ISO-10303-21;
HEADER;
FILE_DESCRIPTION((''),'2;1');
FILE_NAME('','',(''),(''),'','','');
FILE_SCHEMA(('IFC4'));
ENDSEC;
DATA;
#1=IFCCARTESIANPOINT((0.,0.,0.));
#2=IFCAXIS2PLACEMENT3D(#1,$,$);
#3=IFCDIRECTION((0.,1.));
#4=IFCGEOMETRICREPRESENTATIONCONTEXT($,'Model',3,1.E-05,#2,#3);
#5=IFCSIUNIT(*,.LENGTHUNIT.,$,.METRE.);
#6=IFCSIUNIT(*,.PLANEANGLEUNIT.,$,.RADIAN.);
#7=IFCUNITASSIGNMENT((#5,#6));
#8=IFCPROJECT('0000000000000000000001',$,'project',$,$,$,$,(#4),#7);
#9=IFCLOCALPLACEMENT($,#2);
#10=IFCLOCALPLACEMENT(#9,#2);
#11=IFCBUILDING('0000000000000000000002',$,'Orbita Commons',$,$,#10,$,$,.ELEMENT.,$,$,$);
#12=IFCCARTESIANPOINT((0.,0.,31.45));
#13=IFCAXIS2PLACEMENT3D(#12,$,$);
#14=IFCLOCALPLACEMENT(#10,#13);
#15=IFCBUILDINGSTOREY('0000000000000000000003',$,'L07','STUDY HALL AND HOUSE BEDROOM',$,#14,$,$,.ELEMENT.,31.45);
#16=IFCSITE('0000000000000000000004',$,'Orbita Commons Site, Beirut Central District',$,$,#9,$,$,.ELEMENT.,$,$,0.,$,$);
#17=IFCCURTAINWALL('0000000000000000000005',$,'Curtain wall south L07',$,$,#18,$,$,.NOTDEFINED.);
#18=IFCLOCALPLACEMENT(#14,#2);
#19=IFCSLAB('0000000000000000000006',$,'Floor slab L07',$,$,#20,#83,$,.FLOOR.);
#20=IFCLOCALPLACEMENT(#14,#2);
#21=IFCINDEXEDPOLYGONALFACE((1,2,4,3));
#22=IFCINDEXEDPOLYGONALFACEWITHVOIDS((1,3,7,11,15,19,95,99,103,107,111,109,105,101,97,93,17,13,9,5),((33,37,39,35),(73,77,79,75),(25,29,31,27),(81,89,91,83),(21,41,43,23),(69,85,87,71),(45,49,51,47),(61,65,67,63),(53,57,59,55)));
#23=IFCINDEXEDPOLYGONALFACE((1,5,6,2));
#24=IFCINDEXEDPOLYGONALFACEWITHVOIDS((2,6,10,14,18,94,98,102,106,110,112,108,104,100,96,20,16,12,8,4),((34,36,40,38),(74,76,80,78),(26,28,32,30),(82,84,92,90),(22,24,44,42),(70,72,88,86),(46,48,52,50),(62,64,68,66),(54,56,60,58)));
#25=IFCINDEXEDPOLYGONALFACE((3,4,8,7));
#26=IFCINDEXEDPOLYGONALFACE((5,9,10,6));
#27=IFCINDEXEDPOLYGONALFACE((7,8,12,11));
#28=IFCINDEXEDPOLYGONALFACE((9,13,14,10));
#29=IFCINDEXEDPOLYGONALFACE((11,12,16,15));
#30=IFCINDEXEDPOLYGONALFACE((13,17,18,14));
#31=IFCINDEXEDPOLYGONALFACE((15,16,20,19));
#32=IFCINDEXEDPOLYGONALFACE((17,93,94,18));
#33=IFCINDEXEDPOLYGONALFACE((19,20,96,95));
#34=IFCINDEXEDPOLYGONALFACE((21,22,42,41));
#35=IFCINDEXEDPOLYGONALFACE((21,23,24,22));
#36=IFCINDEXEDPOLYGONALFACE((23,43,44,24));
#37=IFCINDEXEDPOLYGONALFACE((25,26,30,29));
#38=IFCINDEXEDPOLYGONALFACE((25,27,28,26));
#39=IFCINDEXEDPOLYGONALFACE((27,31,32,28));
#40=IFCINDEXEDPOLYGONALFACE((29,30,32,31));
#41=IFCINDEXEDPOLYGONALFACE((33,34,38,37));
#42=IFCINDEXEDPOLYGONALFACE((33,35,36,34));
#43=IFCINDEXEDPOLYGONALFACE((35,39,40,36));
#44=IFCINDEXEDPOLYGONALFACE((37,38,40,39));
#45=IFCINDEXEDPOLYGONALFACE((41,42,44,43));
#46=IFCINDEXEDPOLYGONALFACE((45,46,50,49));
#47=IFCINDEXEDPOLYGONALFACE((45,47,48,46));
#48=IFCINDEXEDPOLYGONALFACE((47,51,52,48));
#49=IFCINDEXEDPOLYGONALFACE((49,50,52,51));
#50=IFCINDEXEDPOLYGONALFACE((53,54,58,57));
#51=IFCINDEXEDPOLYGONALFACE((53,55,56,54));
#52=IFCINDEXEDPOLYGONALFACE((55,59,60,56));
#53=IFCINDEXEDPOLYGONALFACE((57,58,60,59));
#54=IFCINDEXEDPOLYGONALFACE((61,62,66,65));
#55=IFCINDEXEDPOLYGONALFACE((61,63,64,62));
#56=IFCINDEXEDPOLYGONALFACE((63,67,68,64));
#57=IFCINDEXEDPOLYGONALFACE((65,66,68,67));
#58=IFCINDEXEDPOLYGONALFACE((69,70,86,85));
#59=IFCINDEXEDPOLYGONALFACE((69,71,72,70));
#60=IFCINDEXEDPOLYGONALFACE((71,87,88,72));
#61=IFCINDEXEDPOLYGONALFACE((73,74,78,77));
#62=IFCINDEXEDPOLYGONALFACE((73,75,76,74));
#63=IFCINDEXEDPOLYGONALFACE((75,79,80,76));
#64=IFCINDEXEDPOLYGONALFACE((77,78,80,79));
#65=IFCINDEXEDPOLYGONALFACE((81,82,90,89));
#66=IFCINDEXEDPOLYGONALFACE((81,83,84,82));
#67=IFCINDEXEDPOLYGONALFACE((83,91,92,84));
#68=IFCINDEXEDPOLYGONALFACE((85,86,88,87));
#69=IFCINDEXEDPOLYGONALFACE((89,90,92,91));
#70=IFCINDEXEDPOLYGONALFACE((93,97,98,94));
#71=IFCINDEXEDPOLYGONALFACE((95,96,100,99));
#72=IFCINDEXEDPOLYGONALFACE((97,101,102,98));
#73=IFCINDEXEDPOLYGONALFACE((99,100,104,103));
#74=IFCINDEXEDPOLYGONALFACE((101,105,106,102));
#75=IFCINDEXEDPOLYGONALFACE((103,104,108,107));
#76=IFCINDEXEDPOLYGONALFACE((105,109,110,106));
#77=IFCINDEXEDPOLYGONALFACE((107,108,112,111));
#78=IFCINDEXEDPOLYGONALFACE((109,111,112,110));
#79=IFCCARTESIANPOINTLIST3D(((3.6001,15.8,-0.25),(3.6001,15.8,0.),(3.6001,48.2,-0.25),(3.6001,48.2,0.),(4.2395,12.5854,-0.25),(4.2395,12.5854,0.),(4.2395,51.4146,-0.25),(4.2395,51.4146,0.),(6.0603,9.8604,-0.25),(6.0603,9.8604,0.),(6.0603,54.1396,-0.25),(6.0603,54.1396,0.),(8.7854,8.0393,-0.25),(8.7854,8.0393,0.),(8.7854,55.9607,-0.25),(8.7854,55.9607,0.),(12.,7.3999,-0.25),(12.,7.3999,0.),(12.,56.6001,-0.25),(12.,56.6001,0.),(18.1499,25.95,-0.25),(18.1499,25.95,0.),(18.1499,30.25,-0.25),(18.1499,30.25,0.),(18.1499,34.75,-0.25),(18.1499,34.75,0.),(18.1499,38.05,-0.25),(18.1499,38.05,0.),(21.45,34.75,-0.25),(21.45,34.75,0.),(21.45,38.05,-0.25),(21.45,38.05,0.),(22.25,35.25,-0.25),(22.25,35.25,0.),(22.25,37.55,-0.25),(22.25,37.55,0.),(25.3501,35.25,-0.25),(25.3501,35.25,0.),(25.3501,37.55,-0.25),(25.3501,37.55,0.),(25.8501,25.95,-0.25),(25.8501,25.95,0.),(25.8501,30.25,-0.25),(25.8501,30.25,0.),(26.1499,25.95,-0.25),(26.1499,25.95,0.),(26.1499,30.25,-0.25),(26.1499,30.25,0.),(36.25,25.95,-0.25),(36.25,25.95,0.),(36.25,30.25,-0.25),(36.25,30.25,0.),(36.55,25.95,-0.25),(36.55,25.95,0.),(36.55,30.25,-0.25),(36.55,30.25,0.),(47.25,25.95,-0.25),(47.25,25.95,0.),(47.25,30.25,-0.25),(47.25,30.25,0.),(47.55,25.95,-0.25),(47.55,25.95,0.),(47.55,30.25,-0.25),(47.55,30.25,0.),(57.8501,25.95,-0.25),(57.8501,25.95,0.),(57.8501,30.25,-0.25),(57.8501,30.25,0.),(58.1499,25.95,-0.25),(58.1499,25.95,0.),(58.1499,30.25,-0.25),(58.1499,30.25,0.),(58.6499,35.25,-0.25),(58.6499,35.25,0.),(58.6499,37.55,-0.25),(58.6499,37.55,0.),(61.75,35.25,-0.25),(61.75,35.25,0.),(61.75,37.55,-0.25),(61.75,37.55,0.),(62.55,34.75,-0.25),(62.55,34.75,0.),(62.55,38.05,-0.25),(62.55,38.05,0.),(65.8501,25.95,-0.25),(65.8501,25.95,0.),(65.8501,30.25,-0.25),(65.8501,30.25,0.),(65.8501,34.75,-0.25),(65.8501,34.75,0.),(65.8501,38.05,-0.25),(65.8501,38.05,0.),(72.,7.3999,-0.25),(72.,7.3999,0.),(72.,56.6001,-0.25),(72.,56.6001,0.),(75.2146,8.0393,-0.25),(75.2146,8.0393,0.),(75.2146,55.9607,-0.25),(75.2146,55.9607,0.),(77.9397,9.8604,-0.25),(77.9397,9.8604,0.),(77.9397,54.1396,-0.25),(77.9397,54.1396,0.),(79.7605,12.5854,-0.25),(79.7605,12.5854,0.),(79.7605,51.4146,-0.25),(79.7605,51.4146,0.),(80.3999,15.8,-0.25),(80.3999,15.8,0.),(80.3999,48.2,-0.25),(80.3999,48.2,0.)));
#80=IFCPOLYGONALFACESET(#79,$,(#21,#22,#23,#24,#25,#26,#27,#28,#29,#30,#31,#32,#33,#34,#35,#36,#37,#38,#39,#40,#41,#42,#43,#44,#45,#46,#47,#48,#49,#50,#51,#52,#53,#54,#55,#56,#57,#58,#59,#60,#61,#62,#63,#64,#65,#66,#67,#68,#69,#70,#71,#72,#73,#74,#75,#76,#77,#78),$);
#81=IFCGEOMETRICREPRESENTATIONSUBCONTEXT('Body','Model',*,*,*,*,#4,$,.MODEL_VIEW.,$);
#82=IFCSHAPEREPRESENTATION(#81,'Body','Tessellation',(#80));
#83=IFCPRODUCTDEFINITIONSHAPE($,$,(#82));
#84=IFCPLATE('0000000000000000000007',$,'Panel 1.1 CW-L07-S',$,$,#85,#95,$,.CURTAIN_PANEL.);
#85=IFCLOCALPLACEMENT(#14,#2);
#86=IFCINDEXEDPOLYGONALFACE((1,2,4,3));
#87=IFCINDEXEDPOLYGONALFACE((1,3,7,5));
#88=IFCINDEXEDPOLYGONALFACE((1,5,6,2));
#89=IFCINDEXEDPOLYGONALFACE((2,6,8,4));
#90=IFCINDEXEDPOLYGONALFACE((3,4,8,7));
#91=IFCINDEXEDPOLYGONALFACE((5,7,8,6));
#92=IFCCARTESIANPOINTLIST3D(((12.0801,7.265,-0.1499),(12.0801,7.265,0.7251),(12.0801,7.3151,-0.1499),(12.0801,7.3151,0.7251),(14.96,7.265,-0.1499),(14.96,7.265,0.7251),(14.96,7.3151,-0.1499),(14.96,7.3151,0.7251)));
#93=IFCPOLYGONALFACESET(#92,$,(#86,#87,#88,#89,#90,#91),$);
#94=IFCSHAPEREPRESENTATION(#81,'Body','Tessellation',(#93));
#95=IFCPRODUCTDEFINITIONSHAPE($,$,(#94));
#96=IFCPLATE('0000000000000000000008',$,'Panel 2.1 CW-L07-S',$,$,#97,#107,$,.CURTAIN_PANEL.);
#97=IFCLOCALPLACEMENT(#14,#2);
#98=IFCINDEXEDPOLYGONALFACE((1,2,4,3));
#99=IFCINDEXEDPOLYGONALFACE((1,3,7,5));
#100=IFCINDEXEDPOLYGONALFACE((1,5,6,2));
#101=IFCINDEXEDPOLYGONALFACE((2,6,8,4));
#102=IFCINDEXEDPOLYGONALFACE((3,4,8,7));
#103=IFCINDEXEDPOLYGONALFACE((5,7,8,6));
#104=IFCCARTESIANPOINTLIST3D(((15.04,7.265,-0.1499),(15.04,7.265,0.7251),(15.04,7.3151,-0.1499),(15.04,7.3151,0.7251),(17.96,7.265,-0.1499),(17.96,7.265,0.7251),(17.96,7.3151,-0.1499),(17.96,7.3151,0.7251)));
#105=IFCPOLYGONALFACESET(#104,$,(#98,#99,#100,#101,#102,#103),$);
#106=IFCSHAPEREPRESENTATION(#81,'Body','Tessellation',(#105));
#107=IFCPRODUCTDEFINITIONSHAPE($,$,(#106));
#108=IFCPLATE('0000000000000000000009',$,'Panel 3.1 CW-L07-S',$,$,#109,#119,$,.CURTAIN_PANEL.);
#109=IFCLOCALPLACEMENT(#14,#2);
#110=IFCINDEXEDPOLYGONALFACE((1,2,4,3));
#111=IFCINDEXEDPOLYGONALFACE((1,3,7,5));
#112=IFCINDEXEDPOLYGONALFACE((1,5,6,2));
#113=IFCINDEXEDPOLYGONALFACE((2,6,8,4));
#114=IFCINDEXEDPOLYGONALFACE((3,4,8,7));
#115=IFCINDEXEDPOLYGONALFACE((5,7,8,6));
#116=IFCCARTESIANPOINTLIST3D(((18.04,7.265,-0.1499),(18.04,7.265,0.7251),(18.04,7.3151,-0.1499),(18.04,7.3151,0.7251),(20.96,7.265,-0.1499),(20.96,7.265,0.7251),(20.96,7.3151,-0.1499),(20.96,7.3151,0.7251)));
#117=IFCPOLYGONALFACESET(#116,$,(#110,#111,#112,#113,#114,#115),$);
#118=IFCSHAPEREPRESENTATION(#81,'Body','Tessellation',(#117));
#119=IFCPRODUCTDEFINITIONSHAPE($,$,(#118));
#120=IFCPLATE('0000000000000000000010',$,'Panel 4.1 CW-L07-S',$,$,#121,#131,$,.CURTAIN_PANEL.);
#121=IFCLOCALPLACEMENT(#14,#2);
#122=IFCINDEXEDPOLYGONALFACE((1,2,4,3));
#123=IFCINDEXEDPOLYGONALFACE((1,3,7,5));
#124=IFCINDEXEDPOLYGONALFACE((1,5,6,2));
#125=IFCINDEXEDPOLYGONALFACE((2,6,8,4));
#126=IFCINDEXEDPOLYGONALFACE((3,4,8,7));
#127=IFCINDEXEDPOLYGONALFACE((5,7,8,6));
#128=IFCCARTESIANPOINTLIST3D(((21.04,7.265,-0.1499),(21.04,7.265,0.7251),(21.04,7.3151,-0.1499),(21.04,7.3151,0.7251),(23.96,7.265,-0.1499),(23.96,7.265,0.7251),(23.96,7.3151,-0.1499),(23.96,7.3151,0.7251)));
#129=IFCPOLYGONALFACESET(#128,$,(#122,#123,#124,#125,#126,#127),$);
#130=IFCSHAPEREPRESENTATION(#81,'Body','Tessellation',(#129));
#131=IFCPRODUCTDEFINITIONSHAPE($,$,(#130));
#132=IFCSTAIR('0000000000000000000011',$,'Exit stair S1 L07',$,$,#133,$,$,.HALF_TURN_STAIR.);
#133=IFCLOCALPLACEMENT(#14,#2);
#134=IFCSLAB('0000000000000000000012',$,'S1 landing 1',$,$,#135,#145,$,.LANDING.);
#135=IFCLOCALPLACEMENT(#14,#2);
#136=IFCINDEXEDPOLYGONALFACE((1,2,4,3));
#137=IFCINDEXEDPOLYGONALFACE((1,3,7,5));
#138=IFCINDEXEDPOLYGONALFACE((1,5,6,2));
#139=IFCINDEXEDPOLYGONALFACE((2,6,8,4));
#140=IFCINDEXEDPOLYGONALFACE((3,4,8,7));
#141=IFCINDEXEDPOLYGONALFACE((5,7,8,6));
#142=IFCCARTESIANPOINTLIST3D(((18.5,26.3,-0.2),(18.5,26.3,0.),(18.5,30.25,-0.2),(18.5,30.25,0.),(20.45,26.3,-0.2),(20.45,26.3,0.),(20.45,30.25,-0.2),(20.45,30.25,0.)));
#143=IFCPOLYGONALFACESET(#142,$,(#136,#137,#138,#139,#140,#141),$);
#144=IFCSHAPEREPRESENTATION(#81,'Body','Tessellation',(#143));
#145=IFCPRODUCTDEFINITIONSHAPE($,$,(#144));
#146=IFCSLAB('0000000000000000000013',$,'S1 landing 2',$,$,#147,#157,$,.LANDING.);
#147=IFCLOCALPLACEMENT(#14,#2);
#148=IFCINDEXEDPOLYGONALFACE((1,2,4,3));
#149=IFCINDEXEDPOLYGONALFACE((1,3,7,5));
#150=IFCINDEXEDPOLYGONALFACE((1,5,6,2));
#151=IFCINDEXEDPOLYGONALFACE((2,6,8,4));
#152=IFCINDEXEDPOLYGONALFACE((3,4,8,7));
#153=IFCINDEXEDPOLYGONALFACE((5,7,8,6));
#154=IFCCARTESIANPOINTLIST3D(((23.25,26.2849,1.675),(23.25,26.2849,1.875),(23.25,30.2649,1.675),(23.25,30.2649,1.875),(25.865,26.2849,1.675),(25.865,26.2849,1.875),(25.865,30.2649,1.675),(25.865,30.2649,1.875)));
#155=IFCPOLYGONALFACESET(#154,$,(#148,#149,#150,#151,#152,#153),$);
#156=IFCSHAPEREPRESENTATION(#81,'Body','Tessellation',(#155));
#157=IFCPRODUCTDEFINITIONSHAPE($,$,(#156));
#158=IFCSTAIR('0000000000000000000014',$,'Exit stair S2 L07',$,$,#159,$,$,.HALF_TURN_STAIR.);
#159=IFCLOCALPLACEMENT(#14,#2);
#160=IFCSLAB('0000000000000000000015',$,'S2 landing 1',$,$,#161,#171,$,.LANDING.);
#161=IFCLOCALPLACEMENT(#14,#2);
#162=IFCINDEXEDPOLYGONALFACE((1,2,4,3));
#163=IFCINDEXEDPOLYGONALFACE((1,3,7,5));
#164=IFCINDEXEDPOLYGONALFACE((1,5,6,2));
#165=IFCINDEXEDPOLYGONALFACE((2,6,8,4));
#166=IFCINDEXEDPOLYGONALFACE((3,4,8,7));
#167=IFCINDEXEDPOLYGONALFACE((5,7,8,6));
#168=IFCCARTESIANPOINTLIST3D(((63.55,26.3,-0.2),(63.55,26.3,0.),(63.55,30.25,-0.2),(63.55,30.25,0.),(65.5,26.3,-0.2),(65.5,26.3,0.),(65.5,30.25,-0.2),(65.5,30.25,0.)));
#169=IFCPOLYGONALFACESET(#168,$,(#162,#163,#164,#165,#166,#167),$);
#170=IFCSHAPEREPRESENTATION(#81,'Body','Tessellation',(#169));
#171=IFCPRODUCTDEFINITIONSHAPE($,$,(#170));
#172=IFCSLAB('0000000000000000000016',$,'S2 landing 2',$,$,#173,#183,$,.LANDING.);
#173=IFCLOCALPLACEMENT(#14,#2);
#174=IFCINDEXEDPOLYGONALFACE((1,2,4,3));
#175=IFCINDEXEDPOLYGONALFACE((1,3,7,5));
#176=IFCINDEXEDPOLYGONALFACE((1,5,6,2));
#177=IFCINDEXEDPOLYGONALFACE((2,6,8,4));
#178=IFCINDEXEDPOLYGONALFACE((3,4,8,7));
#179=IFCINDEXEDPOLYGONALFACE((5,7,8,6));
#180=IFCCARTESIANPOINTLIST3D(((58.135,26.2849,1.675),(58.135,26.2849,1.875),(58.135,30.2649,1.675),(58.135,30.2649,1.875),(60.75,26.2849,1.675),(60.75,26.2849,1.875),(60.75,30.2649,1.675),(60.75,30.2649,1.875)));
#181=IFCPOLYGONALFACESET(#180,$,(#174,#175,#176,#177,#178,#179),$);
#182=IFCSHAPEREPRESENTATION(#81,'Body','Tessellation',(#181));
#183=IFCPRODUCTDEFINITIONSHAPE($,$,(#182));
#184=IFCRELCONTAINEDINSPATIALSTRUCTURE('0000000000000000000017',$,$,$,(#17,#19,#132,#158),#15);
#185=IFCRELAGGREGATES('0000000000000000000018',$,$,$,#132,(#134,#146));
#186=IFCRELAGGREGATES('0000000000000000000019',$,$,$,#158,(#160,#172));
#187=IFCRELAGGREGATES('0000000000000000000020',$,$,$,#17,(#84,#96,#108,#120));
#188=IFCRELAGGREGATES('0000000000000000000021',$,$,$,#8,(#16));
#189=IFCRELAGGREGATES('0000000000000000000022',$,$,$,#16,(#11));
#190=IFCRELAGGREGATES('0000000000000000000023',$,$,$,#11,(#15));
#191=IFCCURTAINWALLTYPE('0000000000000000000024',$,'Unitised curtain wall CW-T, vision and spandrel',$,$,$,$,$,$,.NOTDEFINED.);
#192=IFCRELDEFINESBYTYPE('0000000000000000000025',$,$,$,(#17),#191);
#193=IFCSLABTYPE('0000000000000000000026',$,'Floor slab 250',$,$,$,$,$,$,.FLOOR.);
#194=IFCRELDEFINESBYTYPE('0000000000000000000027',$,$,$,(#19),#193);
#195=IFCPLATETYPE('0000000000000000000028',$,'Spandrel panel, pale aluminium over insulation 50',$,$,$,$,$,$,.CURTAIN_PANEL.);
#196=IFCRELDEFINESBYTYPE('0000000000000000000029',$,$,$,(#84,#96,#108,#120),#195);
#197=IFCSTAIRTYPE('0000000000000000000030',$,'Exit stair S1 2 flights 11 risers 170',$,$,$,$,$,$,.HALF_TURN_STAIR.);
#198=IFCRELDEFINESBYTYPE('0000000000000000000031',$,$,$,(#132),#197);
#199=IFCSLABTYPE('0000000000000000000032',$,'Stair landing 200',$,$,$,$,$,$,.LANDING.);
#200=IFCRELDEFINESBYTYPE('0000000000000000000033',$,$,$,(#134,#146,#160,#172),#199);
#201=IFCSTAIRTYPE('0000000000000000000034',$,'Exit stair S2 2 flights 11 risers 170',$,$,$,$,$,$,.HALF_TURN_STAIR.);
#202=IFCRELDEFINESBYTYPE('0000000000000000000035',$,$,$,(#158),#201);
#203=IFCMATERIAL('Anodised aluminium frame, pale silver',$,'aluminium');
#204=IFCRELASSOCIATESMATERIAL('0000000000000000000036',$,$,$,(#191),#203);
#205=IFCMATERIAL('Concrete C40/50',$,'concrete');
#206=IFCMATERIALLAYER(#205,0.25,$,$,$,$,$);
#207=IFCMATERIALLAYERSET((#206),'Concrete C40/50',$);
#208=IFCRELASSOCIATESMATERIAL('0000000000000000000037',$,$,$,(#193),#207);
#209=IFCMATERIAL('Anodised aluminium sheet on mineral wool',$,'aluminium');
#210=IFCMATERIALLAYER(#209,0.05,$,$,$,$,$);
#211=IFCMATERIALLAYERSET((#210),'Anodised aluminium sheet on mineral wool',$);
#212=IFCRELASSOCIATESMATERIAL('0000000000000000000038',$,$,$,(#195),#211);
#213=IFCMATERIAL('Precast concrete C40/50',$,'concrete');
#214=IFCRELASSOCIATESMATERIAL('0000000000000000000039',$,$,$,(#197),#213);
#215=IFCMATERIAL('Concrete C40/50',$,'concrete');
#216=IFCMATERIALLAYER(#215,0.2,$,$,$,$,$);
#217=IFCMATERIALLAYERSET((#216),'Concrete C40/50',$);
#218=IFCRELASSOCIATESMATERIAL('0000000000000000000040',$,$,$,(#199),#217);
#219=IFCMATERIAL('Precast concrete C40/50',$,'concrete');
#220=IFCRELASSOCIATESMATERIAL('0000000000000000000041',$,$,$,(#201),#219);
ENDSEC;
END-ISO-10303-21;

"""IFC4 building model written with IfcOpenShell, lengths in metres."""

from ifc_helpers import new_model, si_unit, direction, frame, origin, origin_2d, place, context, subcontext, project, spatial, polyline, rectangle, outline, extrude, material, layer, layer_set, type_object, element, aggregate, save


model = new_model("IFC4")

# Units and contexts
model_context = context("Model", 3, precision=1e-05, world=origin(), true_north=direction((0.0, 1.0)))
body_context = subcontext(model_context, "Body", "Model", "MODEL_VIEW")
ifc_project = project(units=[si_unit("LENGTHUNIT", "METRE"), si_unit("PLANEANGLEUNIT", "RADIAN")], contexts=[model_context])

# Site, building, storey
site_placement = place(None, origin())
site = spatial("IfcSite", under=ifc_project, at=site_placement, Name="Orbita Commons Site, Beirut Central District", CompositionType="ELEMENT", RefElevation=0.0)
building_placement = place(site_placement, origin())
building = spatial("IfcBuilding", under=site, at=building_placement, Name="Orbita Commons", CompositionType="ELEMENT")
storey_placement = place(building_placement, frame((0.0, 0.0, 31.45)))
storey = spatial("IfcBuildingStorey", under=building, at=storey_placement, Name="L07", Description="STUDY HALL AND HOUSE BEDROOM", CompositionType="ELEMENT", Elevation=31.45)

# Curtain wall
ifc_material_1 = material(Name="Anodised aluminium frame, pale silver", Category="aluminium")
curtain_wall_type = type_object("IfcCurtainWallType", Name="Unitised curtain wall CW-T, vision and spandrel", PredefinedType="NOTDEFINED", material=ifc_material_1)
curtain_wall_placement = place(storey_placement, origin())
curtain_wall = element("IfcCurtainWall", 1, at=curtain_wall_placement, inside=storey, type_object=curtain_wall_type, Name="Curtain wall south L07", PredefinedType="NOTDEFINED")

# Slab
ifc_material_2 = material(Name="Concrete C40/50", Category="concrete")
ifc_layer_1 = layer(ifc_material_2, 0.25)
ifc_layer_set_1 = layer_set([ifc_layer_1], Name="Concrete C40/50")
slab_type_1 = type_object("IfcSlabType", Name="Floor slab 250", PredefinedType="FLOOR", material=ifc_layer_set_1)
slab_1_placement = place(storey_placement, frame((0.0, 0.0, -0.25)))
element("IfcSlab", 2, at=slab_1_placement, inside=storey, type_object=slab_type_1, Name="Floor slab L07", PredefinedType="FLOOR", context=body_context, shape_type="SweptSolid", body=[
    extrude(outline(polyline([(72.0, 7.3999), (75.2146, 8.0393), (77.9397, 9.8604), (79.7605, 12.5854), (80.3999, 15.8), (80.3999, 48.2), (79.7605, 51.4146), (77.9397, 54.1396), (75.2146, 55.9607), (72.0, 56.6001), (12.0, 56.6001), (8.7854, 55.9607), (6.0603, 54.1396), (4.2395, 51.4146), (3.6001, 48.2), (3.6001, 15.8), (4.2395, 12.5854), (6.0603, 9.8604), (8.7854, 8.0393), (12.0, 7.3999), (72.0, 7.3999)]), holes=[polyline([(18.1499, 25.95), (25.8501, 25.95), (25.8501, 30.25), (18.1499, 30.25), (18.1499, 25.95)]), polyline([(58.1499, 25.95), (65.8501, 25.95), (65.8501, 30.25), (58.1499, 30.25), (58.1499, 25.95)]), polyline([(18.1499, 34.75), (21.45, 34.75), (21.45, 38.05), (18.1499, 38.05), (18.1499, 34.75)]), polyline([(62.55, 34.75), (65.8501, 34.75), (65.8501, 38.05), (62.55, 38.05), (62.55, 34.75)]), polyline([(22.25, 35.25), (25.3501, 35.25), (25.3501, 37.55), (22.25, 37.55), (22.25, 35.25)]), polyline([(58.6499, 35.25), (61.75, 35.25), (61.75, 37.55), (58.6499, 37.55), (58.6499, 35.25)]), polyline([(26.1499, 25.95), (36.25, 25.95), (36.25, 30.25), (26.1499, 30.25), (26.1499, 25.95)]), polyline([(36.55, 25.95), (47.25, 25.95), (47.25, 30.25), (36.55, 30.25), (36.55, 25.95)]), polyline([(47.55, 25.95), (57.8501, 25.95), (57.8501, 30.25), (47.55, 30.25), (47.55, 25.95)])]), origin(), (0.0, 0.0, 1.0), 0.25),
])

# Plates
ifc_material_3 = material(Name="Anodised aluminium sheet on mineral wool", Category="aluminium")
ifc_layer_2 = layer(ifc_material_3, 0.05)
ifc_layer_set_2 = layer_set([ifc_layer_2], Name="Anodised aluminium sheet on mineral wool")
plate_type_1 = type_object("IfcPlateType", Name="Spandrel panel, pale aluminium over insulation 50", PredefinedType="CURTAIN_PANEL", material=ifc_layer_set_2)
plate_1_placement = place(storey_placement, frame((13.52, 7.29, -0.1499), z_axis=(0.0, 0.0, 1.0), x_axis=(1.0, 0.0, 0.0)))
plate_1 = element("IfcPlate", 3, at=plate_1_placement, type_object=plate_type_1, Name="Panel 1.1 CW-L07-S", PredefinedType="CURTAIN_PANEL", context=body_context, shape_type="SweptSolid", body=[
    extrude(rectangle(XDim=2.8799, YDim=0.05, at=origin_2d()), origin(), (0.0, 0.0, 1.0), 0.875),
])
plate_2_placement = place(storey_placement, frame((16.5, 7.29, -0.1499), z_axis=(0.0, 0.0, 1.0), x_axis=(1.0, 0.0, 0.0)))
plate_2 = element("IfcPlate", 4, at=plate_2_placement, type_object=plate_type_1, Name="Panel 2.1 CW-L07-S", PredefinedType="CURTAIN_PANEL", context=body_context, shape_type="SweptSolid", body=[
    extrude(rectangle(XDim=2.9199, YDim=0.05, at=origin_2d()), origin(), (0.0, 0.0, 1.0), 0.875),
])
plate_3_placement = place(storey_placement, frame((19.5, 7.29, -0.1499), z_axis=(0.0, 0.0, 1.0), x_axis=(1.0, 0.0, 0.0)))
plate_3 = element("IfcPlate", 5, at=plate_3_placement, type_object=plate_type_1, Name="Panel 3.1 CW-L07-S", PredefinedType="CURTAIN_PANEL", context=body_context, shape_type="SweptSolid", body=[
    extrude(rectangle(XDim=2.9199, YDim=0.05, at=origin_2d()), origin(), (0.0, 0.0, 1.0), 0.875),
])
plate_4_placement = place(storey_placement, frame((22.5, 7.29, -0.1499), z_axis=(0.0, 0.0, 1.0), x_axis=(1.0, 0.0, 0.0)))
plate_4 = element("IfcPlate", 6, at=plate_4_placement, type_object=plate_type_1, Name="Panel 4.1 CW-L07-S", PredefinedType="CURTAIN_PANEL", context=body_context, shape_type="SweptSolid", body=[
    extrude(rectangle(XDim=2.9199, YDim=0.05, at=origin_2d()), origin(), (0.0, 0.0, 1.0), 0.875),
])

# Stairs, slabs
ifc_material_4 = material(Name="Precast concrete C40/50", Category="concrete")
stair_type_1 = type_object("IfcStairType", Name="Exit stair S1 2 flights 11 risers 170", PredefinedType="HALF_TURN_STAIR", material=ifc_material_4)
stair_1_placement = place(storey_placement, origin())
stair_1 = element("IfcStair", 7, at=stair_1_placement, inside=storey, type_object=stair_type_1, Name="Exit stair S1 L07", PredefinedType="HALF_TURN_STAIR")
ifc_material_5 = material(Name="Concrete C40/50", Category="concrete")
ifc_layer_3 = layer(ifc_material_5, 0.2)
ifc_layer_set_3 = layer_set([ifc_layer_3], Name="Concrete C40/50")
slab_type_2 = type_object("IfcSlabType", Name="Stair landing 200", PredefinedType="LANDING", material=ifc_layer_set_3)
slab_2_placement = place(storey_placement, frame((0.0, 0.0, -0.2)))
slab_2 = element("IfcSlab", 8, at=slab_2_placement, type_object=slab_type_2, Name="S1 landing 1", PredefinedType="LANDING", context=body_context, shape_type="SweptSolid", body=[
    extrude(outline(polyline([(18.5, 26.3), (20.45, 26.3), (20.45, 30.25), (18.5, 30.25), (18.5, 26.3)])), origin(), (0.0, 0.0, 1.0), 0.2),
])
slab_3_placement = place(storey_placement, frame((0.0, 0.0, 1.675)))
slab_3 = element("IfcSlab", 9, at=slab_3_placement, type_object=slab_type_2, Name="S1 landing 2", PredefinedType="LANDING", context=body_context, shape_type="SweptSolid", body=[
    extrude(outline(polyline([(23.25, 26.2849), (25.865, 26.2849), (25.865, 30.2649), (23.25, 30.2649), (23.25, 26.2849)])), origin(), (0.0, 0.0, 1.0), 0.2),
])
aggregate(stair_1, [slab_2, slab_3])
ifc_material_6 = material(Name="Precast concrete C40/50", Category="concrete")
stair_type_2 = type_object("IfcStairType", Name="Exit stair S2 2 flights 11 risers 170", PredefinedType="HALF_TURN_STAIR", material=ifc_material_6)
stair_2_placement = place(storey_placement, origin())
stair_2 = element("IfcStair", 10, at=stair_2_placement, inside=storey, type_object=stair_type_2, Name="Exit stair S2 L07", PredefinedType="HALF_TURN_STAIR")
slab_4_placement = place(storey_placement, frame((0.0, 0.0, -0.2)))
slab_4 = element("IfcSlab", 11, at=slab_4_placement, type_object=slab_type_2, Name="S2 landing 1", PredefinedType="LANDING", context=body_context, shape_type="SweptSolid", body=[
    extrude(outline(polyline([(63.55, 26.3), (65.5, 26.3), (65.5, 30.25), (63.55, 30.25), (63.55, 26.3)])), origin(), (0.0, 0.0, 1.0), 0.2),
])
slab_5_placement = place(storey_placement, frame((0.0, 0.0, 1.675)))
slab_5 = element("IfcSlab", 12, at=slab_5_placement, type_object=slab_type_2, Name="S2 landing 2", PredefinedType="LANDING", context=body_context, shape_type="SweptSolid", body=[
    extrude(outline(polyline([(58.135, 26.2849), (60.75, 26.2849), (60.75, 30.2649), (58.135, 30.2649), (58.135, 26.2849)])), origin(), (0.0, 0.0, 1.0), 0.2),
])
aggregate(stair_2, [slab_4, slab_5])

aggregate(curtain_wall, [plate_1, plate_2, plate_3, plate_4])

save(model, "model.ifc")
